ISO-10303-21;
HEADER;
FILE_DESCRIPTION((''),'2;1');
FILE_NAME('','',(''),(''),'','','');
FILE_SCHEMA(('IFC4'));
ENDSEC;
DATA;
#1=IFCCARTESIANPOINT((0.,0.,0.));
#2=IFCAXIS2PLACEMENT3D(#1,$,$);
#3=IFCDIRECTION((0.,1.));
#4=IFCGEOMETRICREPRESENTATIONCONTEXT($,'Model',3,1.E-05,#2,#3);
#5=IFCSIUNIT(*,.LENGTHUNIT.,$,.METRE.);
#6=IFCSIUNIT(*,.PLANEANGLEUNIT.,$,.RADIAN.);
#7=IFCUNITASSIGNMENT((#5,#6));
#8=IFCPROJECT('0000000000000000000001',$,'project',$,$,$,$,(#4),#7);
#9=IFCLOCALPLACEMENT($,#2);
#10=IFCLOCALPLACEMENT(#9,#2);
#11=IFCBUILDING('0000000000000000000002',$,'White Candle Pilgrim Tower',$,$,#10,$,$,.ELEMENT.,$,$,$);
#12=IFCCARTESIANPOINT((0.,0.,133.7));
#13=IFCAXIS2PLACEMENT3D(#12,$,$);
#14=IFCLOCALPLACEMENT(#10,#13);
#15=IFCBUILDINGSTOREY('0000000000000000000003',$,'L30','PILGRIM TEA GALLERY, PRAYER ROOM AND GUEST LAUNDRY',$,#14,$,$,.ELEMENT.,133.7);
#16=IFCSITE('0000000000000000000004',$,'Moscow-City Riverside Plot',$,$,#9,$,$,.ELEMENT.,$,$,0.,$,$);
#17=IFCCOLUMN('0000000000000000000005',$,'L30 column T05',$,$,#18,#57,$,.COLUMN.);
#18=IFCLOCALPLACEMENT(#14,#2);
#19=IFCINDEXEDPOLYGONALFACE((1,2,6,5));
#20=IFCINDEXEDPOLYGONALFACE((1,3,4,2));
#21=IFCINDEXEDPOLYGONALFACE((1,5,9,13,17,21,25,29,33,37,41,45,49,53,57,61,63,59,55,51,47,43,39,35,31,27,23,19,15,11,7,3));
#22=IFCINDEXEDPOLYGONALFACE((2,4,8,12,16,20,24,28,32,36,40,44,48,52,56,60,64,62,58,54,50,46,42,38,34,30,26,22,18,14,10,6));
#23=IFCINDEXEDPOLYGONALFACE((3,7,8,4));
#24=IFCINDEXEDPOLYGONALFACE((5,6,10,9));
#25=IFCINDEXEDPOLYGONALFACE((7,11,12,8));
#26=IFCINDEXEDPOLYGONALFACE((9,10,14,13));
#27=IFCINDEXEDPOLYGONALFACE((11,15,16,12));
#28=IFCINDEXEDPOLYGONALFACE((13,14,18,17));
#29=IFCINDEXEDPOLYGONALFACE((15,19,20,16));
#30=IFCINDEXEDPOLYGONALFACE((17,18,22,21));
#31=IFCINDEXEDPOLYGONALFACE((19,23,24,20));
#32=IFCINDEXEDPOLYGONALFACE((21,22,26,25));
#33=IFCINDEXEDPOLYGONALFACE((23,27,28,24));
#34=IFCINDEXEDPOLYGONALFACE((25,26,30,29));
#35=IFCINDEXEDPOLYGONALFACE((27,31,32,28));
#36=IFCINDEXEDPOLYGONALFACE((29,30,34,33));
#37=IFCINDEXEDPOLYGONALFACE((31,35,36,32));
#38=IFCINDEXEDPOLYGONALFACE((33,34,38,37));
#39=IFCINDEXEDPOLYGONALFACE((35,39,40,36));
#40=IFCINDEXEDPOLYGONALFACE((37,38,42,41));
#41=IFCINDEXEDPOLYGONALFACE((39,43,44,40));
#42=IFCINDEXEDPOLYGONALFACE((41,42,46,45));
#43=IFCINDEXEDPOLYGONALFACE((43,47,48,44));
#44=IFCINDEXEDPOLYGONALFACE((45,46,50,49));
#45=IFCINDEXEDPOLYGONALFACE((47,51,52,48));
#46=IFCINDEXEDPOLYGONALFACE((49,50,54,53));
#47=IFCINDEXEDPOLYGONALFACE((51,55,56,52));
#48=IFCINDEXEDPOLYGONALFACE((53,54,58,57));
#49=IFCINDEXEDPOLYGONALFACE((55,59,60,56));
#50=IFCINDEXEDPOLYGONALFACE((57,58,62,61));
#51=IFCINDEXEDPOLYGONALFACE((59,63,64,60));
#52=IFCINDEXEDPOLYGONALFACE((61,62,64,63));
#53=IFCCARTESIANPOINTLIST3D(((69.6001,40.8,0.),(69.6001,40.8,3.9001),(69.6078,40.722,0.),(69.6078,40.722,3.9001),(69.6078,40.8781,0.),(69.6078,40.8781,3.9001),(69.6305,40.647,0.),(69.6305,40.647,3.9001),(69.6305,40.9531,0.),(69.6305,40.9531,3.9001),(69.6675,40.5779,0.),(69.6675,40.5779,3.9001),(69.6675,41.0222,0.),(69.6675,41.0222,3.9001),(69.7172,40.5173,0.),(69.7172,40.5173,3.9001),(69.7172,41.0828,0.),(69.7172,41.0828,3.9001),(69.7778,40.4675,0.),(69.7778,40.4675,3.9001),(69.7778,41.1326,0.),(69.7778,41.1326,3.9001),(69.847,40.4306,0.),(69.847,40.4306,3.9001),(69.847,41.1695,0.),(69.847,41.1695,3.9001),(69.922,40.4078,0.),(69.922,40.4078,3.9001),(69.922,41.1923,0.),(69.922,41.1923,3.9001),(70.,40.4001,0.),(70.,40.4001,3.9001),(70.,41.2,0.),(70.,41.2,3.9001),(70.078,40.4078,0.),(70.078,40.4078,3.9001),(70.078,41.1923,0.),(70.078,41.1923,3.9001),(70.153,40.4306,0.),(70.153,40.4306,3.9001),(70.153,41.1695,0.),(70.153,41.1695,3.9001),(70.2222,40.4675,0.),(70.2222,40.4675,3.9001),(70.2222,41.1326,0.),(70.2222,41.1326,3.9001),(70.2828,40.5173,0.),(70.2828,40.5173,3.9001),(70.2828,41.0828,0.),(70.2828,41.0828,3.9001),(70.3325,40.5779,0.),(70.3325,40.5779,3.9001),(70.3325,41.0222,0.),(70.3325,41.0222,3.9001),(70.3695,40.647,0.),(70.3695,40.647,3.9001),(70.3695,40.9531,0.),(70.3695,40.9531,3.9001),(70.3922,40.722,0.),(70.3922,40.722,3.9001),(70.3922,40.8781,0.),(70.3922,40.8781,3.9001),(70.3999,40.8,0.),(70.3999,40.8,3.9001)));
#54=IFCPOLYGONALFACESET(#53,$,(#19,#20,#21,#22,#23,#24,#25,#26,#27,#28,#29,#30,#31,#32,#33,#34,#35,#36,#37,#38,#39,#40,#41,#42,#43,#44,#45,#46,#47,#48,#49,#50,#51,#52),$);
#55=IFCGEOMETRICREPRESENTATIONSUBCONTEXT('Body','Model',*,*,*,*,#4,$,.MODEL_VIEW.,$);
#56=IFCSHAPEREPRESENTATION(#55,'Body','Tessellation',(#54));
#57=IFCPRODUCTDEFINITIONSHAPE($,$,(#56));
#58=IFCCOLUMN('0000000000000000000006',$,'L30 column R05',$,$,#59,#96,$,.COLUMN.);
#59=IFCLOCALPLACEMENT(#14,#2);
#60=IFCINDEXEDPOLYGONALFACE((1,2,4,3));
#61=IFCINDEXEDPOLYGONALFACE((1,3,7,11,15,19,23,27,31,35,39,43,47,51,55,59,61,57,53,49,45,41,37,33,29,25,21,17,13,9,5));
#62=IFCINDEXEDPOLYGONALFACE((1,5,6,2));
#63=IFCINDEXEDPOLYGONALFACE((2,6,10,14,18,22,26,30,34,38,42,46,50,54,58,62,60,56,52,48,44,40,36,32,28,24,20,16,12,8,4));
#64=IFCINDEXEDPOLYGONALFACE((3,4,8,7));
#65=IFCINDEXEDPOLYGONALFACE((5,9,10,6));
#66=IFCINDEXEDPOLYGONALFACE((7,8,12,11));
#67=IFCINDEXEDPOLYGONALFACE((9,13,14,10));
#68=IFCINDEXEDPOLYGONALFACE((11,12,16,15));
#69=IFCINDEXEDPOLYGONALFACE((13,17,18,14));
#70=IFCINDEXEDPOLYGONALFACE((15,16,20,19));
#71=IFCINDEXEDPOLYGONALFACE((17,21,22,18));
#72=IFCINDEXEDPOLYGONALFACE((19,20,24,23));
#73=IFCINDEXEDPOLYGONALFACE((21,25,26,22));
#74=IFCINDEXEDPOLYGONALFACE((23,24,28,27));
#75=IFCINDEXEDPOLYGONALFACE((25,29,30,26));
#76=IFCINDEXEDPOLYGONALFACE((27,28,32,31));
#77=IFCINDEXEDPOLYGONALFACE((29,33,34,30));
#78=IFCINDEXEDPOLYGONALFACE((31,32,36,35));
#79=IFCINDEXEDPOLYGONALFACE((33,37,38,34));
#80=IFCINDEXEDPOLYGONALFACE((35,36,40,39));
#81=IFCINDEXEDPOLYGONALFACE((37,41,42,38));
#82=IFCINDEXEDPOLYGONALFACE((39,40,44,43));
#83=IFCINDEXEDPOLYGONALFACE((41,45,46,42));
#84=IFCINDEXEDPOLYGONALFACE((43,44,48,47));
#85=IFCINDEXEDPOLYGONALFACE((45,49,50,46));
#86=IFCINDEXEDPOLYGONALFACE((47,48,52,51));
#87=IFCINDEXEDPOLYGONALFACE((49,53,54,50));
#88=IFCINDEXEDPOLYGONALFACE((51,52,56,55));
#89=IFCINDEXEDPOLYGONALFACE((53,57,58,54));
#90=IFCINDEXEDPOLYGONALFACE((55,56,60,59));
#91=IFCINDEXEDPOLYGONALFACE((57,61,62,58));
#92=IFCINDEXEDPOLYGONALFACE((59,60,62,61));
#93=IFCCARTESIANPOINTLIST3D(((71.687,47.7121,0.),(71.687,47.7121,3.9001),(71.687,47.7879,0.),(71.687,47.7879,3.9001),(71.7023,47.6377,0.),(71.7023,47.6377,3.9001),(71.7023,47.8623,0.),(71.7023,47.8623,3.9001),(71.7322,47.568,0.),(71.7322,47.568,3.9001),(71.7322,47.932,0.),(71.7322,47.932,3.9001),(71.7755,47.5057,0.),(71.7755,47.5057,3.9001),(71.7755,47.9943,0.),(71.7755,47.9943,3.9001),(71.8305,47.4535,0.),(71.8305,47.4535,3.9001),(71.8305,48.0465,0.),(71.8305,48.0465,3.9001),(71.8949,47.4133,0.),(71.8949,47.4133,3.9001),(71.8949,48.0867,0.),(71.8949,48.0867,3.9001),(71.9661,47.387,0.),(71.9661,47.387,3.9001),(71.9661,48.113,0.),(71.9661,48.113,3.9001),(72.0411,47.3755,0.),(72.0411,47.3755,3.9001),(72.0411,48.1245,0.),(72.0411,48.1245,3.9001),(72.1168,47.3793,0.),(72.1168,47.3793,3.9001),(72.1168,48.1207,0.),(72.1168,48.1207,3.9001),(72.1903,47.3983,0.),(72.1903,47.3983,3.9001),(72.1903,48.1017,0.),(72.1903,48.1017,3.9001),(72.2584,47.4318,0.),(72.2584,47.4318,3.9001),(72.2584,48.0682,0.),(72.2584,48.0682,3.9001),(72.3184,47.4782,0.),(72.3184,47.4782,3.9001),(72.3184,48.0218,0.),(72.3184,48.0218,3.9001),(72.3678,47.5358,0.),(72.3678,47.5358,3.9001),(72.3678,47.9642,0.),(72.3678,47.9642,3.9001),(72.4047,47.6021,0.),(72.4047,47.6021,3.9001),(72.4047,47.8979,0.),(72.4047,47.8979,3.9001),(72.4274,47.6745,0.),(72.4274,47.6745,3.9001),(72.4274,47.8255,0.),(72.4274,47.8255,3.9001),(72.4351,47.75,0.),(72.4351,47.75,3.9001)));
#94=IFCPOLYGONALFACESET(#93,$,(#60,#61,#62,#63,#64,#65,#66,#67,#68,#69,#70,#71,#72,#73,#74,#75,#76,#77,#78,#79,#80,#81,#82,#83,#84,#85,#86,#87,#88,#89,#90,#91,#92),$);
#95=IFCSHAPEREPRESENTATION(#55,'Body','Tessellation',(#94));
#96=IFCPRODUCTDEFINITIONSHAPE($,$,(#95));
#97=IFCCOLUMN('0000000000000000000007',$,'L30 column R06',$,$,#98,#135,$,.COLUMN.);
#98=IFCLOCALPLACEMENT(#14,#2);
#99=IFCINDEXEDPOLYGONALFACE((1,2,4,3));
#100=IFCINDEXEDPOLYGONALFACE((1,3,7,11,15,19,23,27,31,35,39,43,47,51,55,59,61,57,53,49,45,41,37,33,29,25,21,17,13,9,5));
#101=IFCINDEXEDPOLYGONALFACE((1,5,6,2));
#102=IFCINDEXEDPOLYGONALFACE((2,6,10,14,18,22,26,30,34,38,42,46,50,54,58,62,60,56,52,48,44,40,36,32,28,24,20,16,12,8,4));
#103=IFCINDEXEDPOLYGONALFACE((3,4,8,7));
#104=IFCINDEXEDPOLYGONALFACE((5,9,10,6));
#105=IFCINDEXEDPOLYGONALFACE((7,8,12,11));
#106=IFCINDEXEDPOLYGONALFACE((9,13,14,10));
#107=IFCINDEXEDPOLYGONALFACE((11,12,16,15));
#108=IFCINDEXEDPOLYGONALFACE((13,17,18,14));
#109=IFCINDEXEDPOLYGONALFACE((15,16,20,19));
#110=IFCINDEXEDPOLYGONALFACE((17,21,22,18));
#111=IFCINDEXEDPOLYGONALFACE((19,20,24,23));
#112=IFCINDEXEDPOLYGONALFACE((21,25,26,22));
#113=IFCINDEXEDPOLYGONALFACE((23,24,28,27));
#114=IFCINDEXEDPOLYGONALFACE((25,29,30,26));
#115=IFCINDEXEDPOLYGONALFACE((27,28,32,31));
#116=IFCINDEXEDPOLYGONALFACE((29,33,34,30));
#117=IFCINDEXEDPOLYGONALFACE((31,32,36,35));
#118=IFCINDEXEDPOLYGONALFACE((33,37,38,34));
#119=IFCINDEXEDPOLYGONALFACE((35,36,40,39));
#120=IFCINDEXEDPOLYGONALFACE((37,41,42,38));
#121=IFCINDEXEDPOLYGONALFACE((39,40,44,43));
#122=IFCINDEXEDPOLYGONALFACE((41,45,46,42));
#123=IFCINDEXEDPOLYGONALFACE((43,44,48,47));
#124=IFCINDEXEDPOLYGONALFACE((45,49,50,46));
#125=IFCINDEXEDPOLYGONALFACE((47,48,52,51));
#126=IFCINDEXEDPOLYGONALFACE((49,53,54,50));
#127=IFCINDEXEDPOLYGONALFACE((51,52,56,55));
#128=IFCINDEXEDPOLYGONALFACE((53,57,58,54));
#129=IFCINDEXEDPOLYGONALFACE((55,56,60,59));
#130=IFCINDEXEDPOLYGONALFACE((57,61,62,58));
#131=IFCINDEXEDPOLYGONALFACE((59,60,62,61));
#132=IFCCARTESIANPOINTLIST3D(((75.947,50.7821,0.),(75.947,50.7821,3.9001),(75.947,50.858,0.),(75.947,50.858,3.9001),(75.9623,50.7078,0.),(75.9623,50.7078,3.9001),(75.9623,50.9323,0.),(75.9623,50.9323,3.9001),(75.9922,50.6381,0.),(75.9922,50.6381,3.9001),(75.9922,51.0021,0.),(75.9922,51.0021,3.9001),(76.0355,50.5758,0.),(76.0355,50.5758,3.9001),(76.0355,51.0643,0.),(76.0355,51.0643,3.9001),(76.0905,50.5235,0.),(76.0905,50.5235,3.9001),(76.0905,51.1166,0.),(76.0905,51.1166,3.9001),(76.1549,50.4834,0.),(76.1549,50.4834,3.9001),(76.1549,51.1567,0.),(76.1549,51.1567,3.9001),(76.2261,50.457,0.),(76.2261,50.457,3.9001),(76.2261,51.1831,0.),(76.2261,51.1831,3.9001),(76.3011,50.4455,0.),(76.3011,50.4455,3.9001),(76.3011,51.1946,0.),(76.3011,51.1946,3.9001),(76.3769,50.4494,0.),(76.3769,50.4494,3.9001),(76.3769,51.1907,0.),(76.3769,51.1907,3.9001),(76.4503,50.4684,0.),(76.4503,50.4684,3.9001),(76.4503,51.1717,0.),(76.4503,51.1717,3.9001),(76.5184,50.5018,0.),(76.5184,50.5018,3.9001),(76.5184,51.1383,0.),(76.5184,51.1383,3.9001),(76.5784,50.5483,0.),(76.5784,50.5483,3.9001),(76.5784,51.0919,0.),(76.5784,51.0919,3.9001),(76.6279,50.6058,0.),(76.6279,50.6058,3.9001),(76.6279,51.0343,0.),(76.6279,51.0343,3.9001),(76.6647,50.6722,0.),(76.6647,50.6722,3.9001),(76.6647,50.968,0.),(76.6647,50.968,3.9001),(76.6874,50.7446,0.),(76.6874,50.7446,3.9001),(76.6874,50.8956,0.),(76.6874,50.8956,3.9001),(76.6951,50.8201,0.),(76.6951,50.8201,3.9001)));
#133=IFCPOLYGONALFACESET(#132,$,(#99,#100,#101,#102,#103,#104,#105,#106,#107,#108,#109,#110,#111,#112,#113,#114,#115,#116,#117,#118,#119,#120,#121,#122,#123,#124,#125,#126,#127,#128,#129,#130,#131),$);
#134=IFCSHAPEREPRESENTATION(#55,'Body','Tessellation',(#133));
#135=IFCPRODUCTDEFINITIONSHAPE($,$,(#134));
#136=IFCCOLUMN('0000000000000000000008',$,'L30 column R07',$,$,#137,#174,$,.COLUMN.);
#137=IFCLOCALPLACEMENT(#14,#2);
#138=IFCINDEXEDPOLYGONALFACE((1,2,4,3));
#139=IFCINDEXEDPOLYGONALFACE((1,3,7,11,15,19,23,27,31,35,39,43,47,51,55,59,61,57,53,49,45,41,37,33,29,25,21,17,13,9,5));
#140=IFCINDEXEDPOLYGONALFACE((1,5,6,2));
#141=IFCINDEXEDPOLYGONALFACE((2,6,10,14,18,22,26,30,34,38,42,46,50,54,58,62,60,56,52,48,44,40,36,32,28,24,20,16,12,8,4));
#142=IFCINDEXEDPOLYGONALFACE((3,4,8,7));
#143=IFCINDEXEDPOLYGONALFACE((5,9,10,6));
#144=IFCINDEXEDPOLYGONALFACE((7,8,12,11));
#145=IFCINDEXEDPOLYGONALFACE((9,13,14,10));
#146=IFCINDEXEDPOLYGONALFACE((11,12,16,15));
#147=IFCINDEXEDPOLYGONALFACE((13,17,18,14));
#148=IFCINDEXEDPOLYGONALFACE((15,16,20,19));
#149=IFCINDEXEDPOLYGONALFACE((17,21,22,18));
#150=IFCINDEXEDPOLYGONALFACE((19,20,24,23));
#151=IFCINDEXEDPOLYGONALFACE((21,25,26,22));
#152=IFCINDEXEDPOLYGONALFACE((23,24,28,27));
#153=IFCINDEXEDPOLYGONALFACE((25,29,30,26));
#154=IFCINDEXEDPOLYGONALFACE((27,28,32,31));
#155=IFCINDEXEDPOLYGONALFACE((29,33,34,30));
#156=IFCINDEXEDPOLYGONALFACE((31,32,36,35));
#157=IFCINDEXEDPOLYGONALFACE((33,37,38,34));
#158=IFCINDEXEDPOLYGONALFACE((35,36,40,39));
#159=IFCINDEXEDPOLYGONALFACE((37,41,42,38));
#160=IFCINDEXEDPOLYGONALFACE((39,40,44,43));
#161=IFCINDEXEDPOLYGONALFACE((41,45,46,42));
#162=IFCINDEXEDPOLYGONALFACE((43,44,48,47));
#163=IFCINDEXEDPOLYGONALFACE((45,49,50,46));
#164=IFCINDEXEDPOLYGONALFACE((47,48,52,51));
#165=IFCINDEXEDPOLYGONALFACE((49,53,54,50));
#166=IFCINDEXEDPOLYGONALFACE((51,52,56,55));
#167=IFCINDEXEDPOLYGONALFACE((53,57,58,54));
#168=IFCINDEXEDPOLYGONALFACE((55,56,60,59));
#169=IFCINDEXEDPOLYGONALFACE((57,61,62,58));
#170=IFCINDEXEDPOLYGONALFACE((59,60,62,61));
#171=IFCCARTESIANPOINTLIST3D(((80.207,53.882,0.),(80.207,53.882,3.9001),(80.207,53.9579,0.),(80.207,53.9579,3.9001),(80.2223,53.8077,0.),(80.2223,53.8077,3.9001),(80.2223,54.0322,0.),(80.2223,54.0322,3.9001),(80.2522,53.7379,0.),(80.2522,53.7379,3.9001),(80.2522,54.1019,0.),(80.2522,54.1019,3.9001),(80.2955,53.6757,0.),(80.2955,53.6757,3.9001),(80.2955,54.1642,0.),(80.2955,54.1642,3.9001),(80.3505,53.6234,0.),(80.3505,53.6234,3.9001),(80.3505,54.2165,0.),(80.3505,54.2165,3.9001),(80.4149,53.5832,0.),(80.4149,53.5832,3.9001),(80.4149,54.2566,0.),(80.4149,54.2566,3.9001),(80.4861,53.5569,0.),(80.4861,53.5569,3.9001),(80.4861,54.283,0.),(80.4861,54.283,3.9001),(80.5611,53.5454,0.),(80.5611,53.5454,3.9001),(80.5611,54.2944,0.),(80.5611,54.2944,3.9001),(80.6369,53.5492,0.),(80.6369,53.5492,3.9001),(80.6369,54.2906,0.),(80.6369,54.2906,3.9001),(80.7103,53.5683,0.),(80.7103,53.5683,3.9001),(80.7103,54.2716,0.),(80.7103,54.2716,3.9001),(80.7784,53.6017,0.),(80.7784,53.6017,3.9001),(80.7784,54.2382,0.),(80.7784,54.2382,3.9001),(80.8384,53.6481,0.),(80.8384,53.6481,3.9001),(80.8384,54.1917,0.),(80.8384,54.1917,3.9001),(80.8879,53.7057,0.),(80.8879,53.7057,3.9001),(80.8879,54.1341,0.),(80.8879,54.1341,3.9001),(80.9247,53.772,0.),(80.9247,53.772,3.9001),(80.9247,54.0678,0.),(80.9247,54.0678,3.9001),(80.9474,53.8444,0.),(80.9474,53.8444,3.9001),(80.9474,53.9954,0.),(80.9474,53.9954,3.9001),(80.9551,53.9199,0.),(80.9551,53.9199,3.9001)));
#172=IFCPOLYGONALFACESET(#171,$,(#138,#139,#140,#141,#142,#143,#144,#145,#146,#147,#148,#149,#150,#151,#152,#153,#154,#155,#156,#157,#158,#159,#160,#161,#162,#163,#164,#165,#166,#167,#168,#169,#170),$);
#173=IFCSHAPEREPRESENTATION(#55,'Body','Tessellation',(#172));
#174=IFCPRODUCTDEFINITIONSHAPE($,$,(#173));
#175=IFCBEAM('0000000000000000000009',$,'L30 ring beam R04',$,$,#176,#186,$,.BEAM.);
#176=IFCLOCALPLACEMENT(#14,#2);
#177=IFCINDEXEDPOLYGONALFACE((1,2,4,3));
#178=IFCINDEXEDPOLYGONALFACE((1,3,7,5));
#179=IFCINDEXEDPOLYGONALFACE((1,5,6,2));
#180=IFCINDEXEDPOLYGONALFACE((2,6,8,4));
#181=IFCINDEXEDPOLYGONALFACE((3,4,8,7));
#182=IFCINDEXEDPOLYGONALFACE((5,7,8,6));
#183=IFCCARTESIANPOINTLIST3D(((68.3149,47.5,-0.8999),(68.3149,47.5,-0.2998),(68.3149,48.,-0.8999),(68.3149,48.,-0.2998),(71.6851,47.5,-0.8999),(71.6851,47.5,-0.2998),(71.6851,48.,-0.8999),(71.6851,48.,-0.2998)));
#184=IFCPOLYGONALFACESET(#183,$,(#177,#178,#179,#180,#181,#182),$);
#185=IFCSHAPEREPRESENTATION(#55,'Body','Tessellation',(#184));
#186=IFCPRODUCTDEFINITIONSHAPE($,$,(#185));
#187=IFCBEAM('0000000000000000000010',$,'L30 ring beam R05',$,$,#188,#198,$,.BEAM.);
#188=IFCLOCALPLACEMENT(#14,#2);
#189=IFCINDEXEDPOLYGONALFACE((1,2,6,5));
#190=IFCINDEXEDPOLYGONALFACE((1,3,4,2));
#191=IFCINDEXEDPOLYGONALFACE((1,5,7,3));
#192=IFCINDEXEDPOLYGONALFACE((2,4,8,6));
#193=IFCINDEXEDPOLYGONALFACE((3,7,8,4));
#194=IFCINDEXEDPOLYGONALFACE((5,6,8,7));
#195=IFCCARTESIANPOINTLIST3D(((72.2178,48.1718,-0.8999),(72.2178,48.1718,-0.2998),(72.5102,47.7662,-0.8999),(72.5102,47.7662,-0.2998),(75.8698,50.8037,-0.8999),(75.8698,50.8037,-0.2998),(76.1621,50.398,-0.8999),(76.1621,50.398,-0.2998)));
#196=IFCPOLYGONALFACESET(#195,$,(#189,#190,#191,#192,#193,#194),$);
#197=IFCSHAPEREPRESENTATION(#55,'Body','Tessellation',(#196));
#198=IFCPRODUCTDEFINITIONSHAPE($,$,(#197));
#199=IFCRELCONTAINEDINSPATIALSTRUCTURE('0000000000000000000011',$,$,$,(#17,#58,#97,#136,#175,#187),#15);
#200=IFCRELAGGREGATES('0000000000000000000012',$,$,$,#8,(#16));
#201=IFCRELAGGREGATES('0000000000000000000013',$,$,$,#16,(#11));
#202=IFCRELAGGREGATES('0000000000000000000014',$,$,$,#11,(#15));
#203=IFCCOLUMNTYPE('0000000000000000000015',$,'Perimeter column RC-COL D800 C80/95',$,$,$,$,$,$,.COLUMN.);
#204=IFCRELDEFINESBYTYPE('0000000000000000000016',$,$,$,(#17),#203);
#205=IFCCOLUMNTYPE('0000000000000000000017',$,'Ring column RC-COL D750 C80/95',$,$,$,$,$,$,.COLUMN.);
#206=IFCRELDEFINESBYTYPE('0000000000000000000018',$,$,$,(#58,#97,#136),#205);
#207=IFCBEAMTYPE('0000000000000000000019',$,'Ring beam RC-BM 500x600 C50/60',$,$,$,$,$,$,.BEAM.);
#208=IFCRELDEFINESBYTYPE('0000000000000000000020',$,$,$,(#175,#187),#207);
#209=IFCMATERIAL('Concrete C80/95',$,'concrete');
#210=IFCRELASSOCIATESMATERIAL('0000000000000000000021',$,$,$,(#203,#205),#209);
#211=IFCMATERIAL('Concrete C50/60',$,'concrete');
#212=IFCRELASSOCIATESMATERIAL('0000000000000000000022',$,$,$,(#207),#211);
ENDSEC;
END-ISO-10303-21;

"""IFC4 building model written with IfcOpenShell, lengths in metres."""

from ifc_helpers import new_model, si_unit, direction, frame, origin, origin_2d, place, context, subcontext, project, spatial, rectangle, circle, extrude, material, material_profile, profile_set, type_object, element, save


model = new_model("IFC4")

# Units and contexts
model_context = context("Model", 3, precision=1e-05, world=origin(), true_north=direction((0.0, 1.0)))
body_context = subcontext(model_context, "Body", "Model", "MODEL_VIEW")
ifc_project = project(units=[si_unit("LENGTHUNIT", "METRE"), si_unit("PLANEANGLEUNIT", "RADIAN")], contexts=[model_context])

# Site, building, storey
site_placement = place(None, origin())
site = spatial("IfcSite", under=ifc_project, at=site_placement, Name="Moscow-City Riverside Plot", CompositionType="ELEMENT", RefElevation=0.0)
building_placement = place(site_placement, origin())
building = spatial("IfcBuilding", under=site, at=building_placement, Name="White Candle Pilgrim Tower", CompositionType="ELEMENT")
storey_placement = place(building_placement, frame((0.0, 0.0, 133.7)))
storey = spatial("IfcBuildingStorey", under=building, at=storey_placement, Name="L30", Description="PILGRIM TEA GALLERY, PRAYER ROOM AND GUEST LAUNDRY", CompositionType="ELEMENT", Elevation=133.7)

# Columns
ifc_material_1 = material(Name="Concrete C80/95", Category="concrete")
ifc_material_profile_1 = material_profile(ifc_material_1, circle(Radius=0.3999, at=origin_2d()), Name="RC-COL D800")
ifc_profile_set_1 = profile_set([ifc_material_profile_1], Name="Concrete C80/95")
column_type_1 = type_object("IfcColumnType", Name="Perimeter column RC-COL D800 C80/95", PredefinedType="COLUMN", material=ifc_profile_set_1)
column_placement = place(storey_placement, frame((70.0, 40.8, 0.0), z_axis=(0.0, 0.0, 1.0), x_axis=(1.0, 0.0, 0.0)))
element("IfcColumn", 1, at=column_placement, inside=storey, type_object=column_type_1, Name="L30 column T05", PredefinedType="COLUMN", context=body_context, shape_type="SweptSolid", body=[
    extrude(circle(Radius=0.3999, at=origin_2d()), origin(), (0.0, 0.0, 1.0), 3.9001),
])
ifc_material_profile_2 = material_profile(ifc_material_1, circle(Radius=0.375, at=origin_2d()), Name="RC-COL D750")
ifc_profile_set_2 = profile_set([ifc_material_profile_2], Name="Concrete C80/95")
column_type_2 = type_object("IfcColumnType", Name="Ring column RC-COL D750 C80/95", PredefinedType="COLUMN", material=ifc_profile_set_2)
for number, where, z_axis, x_axis, name in (
    (2, (72.0601, 47.75, 0.0), (0.0, 0.0, 1.0), (1.0, 0.0, 0.0), "L30 column R05"),
    (3, (76.3201, 50.8201, 0.0), (0.0, 0.0, 1.0), (1.0, 0.0, 0.0), "L30 column R06"),
    (4, (80.5801, 53.9199, 0.0), (0.0, 0.0, 1.0), (1.0, 0.0, 0.0), "L30 column R07"),
):
    element("IfcColumn", number, at=place(storey_placement, frame(where, z_axis=z_axis, x_axis=x_axis)), inside=storey, type_object=column_type_2, Name=name, PredefinedType="COLUMN", context=body_context, shape_type="SweptSolid", body=[
        extrude(circle(Radius=0.375, at=origin_2d()), origin(), (0.0, 0.0, 1.0), 3.9001),
    ])

# Beams
ifc_material_2 = material(Name="Concrete C50/60", Category="concrete")
ifc_material_profile_3 = material_profile(ifc_material_2, rectangle(XDim=0.5, YDim=0.6001, at=origin_2d()), Name="RC-BM 500x600")
ifc_profile_set_3 = profile_set([ifc_material_profile_3], Name="Concrete C50/60")
beam_type = type_object("IfcBeamType", Name="Ring beam RC-BM 500x600 C50/60", PredefinedType="BEAM", material=ifc_profile_set_3)
beam_1_placement = place(storey_placement, frame((68.3149, 47.75, -0.5999), z_axis=(1.0, 0.0, 0.0), x_axis=(0.0, 1.0, 0.0)))
element("IfcBeam", 5, at=beam_1_placement, inside=storey, type_object=beam_type, Name="L30 ring beam R04", PredefinedType="BEAM", context=body_context, shape_type="SweptSolid", body=[
    extrude(rectangle(XDim=0.5, YDim=0.6001, at=origin_2d()), origin(), (0.0, 0.0, 1.0), 3.3701),
])
beam_2_placement = place(storey_placement, frame((72.364, 47.969, -0.5999), z_axis=(0.811271, 0.58467, 0.0), x_axis=(-0.58467, 0.811271, 0.0)))
element("IfcBeam", 6, at=beam_2_placement, inside=storey, type_object=beam_type, Name="L30 ring beam R05", PredefinedType="BEAM", context=body_context, shape_type="SweptSolid", body=[
    extrude(rectangle(XDim=0.5, YDim=0.6001, at=origin_2d()), origin(), (0.0, 0.0, 1.0), 4.5015),
])

save(model, "model.ifc")
